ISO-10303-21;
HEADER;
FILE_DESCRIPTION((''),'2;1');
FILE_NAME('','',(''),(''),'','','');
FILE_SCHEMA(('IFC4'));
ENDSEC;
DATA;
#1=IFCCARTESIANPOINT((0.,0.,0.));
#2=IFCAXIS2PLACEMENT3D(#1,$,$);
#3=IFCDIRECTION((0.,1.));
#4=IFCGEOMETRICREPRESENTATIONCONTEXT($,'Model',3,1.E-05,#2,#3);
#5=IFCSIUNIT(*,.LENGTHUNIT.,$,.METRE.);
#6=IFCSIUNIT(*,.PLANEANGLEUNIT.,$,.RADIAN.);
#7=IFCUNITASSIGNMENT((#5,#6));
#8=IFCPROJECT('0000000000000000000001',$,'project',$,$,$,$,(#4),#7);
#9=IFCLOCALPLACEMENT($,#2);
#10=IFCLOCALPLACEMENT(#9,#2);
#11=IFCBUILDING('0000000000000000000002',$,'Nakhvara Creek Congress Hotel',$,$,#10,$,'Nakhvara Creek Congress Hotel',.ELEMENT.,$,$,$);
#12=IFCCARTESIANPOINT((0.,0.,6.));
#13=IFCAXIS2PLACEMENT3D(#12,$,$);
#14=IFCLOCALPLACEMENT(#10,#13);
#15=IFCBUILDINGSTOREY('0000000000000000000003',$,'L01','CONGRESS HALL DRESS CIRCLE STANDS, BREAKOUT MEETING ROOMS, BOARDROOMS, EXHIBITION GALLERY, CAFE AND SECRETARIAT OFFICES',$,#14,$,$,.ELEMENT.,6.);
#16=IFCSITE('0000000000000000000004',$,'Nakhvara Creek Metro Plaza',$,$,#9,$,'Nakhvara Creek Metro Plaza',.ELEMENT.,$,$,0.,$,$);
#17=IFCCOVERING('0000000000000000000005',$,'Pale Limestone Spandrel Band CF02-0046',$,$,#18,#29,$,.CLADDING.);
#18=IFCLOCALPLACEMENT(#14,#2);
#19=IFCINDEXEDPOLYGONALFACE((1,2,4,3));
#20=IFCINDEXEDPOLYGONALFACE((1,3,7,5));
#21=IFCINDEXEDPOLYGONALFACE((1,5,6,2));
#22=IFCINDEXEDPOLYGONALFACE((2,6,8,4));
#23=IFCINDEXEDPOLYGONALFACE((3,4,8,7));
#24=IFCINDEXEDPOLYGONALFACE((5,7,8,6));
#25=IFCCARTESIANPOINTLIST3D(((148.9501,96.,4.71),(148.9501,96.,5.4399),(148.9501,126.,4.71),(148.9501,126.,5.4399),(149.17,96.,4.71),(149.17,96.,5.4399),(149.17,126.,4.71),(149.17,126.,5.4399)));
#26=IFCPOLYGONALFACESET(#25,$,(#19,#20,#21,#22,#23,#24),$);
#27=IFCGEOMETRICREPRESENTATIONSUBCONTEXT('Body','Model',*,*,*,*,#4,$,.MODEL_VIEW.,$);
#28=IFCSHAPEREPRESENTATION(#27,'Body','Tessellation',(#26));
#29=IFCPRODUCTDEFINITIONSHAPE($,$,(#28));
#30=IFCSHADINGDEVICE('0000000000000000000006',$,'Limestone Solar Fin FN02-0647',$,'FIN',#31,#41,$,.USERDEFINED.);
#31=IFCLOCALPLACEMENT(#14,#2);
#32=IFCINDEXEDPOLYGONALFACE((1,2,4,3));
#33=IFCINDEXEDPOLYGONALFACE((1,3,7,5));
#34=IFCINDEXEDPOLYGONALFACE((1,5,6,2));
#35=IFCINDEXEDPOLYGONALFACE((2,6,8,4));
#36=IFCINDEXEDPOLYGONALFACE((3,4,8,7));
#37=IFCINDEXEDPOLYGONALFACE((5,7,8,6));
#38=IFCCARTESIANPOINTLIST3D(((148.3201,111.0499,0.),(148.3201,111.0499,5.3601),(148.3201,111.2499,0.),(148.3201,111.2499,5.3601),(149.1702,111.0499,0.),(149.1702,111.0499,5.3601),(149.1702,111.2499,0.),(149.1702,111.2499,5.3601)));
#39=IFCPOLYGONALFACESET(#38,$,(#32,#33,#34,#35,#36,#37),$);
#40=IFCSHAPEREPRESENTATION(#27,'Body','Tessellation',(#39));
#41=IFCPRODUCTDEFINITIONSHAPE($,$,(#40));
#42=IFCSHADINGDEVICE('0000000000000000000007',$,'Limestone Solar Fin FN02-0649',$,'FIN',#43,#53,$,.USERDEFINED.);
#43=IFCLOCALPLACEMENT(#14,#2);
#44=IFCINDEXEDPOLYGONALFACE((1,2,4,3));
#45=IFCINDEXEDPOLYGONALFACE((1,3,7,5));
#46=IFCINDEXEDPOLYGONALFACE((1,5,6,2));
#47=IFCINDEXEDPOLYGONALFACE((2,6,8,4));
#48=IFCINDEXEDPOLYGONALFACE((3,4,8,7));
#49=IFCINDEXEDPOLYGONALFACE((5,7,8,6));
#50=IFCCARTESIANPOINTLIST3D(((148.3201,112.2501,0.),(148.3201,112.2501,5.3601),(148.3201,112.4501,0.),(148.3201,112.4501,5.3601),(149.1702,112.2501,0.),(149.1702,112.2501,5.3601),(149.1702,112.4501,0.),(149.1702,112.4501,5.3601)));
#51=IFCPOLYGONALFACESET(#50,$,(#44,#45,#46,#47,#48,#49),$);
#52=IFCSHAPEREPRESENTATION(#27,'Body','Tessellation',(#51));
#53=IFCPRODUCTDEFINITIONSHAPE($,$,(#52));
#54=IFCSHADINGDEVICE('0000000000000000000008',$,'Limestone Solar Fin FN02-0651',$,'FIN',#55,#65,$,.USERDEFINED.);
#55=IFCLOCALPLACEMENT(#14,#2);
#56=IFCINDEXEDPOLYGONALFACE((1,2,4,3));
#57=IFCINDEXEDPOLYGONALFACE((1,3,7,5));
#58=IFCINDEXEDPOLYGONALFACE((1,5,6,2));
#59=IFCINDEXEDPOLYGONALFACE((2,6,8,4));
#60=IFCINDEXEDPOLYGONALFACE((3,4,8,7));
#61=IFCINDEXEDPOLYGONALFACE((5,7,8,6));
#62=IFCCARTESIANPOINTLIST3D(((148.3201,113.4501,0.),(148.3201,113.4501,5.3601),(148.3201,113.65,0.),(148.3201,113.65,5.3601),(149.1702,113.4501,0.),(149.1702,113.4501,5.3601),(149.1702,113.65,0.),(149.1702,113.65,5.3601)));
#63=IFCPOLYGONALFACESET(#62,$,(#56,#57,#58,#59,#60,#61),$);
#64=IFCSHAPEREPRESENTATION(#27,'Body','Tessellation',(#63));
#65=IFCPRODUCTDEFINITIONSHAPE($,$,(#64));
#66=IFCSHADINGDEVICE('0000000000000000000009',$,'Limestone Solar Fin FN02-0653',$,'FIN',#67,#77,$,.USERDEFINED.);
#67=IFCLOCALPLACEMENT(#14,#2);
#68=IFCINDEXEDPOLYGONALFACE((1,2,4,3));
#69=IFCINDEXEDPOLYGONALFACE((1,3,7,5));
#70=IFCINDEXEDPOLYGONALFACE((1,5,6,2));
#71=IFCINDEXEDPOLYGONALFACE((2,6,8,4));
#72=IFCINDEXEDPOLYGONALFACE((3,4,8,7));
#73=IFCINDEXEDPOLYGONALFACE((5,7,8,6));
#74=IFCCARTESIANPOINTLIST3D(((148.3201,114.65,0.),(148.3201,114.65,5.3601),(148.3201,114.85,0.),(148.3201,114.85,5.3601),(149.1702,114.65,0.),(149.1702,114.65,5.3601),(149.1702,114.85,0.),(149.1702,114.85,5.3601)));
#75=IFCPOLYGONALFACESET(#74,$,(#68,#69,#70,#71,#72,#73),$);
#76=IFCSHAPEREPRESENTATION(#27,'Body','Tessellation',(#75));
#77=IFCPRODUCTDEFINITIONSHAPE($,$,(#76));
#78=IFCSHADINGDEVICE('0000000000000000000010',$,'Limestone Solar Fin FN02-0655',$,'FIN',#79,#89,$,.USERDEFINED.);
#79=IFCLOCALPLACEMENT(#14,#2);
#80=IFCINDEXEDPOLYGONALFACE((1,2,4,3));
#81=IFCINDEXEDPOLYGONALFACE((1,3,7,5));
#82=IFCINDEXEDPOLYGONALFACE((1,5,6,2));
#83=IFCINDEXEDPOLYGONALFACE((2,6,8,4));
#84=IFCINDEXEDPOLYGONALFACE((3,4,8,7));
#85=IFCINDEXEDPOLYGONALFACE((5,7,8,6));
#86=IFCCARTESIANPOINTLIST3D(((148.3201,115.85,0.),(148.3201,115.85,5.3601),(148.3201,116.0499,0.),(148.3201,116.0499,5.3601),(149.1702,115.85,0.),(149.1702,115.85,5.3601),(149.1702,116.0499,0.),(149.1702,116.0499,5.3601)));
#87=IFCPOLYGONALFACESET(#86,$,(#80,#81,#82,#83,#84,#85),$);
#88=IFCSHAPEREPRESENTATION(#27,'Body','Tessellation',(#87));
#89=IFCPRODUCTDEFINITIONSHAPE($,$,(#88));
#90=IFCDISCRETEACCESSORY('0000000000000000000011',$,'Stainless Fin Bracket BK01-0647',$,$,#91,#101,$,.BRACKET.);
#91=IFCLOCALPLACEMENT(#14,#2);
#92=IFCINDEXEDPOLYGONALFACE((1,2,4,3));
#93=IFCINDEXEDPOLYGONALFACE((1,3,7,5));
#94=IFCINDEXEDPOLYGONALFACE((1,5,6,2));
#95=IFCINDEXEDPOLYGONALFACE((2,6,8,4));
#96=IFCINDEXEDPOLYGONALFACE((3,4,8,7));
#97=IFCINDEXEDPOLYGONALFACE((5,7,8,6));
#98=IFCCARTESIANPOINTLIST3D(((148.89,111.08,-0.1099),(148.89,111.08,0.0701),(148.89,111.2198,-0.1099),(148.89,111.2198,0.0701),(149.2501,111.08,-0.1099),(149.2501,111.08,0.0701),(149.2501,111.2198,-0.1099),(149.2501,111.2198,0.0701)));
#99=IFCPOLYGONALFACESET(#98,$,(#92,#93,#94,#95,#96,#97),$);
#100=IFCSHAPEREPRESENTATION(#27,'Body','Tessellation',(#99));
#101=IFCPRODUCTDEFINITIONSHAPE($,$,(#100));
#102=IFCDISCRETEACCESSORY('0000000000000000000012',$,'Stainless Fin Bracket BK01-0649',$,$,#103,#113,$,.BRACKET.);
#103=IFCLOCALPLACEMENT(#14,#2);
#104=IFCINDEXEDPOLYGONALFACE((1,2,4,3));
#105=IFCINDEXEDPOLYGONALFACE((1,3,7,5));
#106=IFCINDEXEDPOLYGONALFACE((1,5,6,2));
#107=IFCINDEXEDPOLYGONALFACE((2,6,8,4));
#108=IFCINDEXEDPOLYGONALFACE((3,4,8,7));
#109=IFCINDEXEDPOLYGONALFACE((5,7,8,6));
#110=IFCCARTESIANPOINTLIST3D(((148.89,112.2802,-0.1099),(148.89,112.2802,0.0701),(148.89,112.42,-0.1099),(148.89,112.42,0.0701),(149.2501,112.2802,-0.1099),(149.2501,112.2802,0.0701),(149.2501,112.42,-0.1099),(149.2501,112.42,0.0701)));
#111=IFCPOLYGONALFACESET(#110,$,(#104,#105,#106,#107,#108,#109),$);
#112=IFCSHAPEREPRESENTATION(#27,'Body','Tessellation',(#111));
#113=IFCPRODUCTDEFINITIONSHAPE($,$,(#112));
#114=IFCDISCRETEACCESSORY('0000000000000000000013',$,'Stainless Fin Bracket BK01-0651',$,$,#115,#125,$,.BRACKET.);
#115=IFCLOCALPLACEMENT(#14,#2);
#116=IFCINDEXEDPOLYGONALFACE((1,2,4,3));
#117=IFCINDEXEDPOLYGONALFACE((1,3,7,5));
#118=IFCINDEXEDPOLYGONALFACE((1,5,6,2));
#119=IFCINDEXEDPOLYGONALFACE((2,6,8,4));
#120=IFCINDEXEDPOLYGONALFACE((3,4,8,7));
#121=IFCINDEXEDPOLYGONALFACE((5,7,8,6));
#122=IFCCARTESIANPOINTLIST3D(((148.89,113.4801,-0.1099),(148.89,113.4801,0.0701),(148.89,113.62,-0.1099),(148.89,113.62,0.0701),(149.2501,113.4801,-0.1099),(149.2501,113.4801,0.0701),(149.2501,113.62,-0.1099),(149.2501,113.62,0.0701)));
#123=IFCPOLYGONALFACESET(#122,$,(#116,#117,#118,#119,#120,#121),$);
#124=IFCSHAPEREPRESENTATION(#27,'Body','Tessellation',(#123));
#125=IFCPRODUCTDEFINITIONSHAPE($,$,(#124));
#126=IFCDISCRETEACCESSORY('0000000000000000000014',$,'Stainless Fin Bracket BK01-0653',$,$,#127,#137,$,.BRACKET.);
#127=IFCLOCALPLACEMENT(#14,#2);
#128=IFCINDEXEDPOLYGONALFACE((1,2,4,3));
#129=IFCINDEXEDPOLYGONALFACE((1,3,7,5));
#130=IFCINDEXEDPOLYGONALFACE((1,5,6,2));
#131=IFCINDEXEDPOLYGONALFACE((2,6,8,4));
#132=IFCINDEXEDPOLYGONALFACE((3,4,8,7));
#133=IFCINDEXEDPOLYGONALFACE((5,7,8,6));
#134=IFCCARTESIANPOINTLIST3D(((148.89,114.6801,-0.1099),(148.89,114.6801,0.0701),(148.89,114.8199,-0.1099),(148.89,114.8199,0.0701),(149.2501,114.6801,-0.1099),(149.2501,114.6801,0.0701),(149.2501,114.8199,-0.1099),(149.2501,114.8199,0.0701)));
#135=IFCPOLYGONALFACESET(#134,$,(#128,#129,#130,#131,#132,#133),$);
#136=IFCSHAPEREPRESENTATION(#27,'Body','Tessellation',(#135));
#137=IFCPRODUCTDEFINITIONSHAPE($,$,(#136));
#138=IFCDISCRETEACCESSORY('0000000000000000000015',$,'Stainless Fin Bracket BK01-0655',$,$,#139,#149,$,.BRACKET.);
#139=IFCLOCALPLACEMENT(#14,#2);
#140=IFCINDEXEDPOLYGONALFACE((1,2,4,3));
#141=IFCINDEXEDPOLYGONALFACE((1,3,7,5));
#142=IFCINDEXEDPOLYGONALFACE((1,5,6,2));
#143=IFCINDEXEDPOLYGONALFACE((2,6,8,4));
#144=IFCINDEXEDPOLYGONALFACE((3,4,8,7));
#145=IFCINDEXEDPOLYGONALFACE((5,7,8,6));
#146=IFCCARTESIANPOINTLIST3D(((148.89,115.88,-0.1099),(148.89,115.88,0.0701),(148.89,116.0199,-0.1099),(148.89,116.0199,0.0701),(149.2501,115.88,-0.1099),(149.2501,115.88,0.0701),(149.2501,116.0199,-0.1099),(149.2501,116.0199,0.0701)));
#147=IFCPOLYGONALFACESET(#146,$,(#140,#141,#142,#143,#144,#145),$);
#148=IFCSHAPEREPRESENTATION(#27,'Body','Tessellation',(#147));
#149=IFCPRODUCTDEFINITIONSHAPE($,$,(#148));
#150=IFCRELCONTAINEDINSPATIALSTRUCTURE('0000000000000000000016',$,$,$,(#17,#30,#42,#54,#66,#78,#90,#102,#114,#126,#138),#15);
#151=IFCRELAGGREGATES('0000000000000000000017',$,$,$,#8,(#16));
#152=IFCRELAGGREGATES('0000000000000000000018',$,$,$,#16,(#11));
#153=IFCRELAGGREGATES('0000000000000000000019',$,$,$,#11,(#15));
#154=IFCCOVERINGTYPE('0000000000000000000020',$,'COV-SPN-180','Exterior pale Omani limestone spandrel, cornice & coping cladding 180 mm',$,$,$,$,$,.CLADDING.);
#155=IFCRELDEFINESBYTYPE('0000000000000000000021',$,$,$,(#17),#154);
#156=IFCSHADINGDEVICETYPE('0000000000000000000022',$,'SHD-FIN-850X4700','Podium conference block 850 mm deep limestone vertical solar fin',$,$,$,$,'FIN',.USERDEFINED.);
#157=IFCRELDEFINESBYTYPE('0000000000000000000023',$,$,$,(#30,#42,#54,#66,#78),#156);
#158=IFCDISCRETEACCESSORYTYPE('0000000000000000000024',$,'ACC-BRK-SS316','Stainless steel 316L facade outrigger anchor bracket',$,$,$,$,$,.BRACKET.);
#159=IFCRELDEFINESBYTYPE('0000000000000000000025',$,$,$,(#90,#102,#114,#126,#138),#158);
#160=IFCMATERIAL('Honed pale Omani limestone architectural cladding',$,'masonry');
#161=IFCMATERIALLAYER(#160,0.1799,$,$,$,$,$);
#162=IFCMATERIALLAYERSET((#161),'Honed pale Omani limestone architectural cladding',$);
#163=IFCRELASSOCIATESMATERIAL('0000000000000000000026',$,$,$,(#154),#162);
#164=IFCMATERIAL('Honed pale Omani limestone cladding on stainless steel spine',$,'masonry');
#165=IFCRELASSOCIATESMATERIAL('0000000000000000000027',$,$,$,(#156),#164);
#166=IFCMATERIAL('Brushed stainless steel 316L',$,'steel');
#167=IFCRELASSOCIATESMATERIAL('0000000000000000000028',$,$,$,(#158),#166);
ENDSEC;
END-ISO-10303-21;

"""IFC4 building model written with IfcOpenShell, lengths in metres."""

from ifc_helpers import new_model, si_unit, direction, frame, origin, origin_2d, place, context, subcontext, project, spatial, rectangle, extrude, material, layer, layer_set, type_object, element, save


model = new_model("IFC4")

# Units and contexts
model_context = context("Model", 3, precision=1e-05, world=origin(), true_north=direction((0.0, 1.0)))
body_context = subcontext(model_context, "Body", "Model", "MODEL_VIEW")
ifc_project = project(units=[si_unit("LENGTHUNIT", "METRE"), si_unit("PLANEANGLEUNIT", "RADIAN")], contexts=[model_context])

# Site, building, storey
site_placement = place(None, origin())
site = spatial("IfcSite", under=ifc_project, at=site_placement, Name="Nakhvara Creek Metro Plaza", LongName="Nakhvara Creek Metro Plaza", CompositionType="ELEMENT", RefElevation=0.0)
building_placement = place(site_placement, origin())
building = spatial("IfcBuilding", under=site, at=building_placement, Name="Nakhvara Creek Congress Hotel", LongName="Nakhvara Creek Congress Hotel", CompositionType="ELEMENT")
storey_placement = place(building_placement, frame((0.0, 0.0, 6.0)))
storey = spatial("IfcBuildingStorey", under=building, at=storey_placement, Name="L01", Description="CONGRESS HALL DRESS CIRCLE STANDS, BREAKOUT MEETING ROOMS, BOARDROOMS, EXHIBITION GALLERY, CAFE AND SECRETARIAT OFFICES", CompositionType="ELEMENT", Elevation=6.0)

# Covering
ifc_material_1 = material(Name="Honed pale Omani limestone architectural cladding", Category="masonry")
ifc_layer_1 = layer(ifc_material_1, 0.1799)
ifc_layer_set_1 = layer_set([ifc_layer_1], Name="Honed pale Omani limestone architectural cladding")
covering_type_1 = type_object("IfcCoveringType", Name="COV-SPN-180", Description="Exterior pale Omani limestone spandrel, cornice & coping cladding 180 mm", PredefinedType="CLADDING", material=ifc_layer_set_1)
covering_placement = place(storey_placement, frame((149.0601, 111.0, 4.71), z_axis=(0.0, 0.0, 1.0), x_axis=(0.0, 1.0, 0.0)))
element("IfcCovering", 1, at=covering_placement, inside=storey, type_object=covering_type_1, Name="Pale Limestone Spandrel Band CF02-0046", PredefinedType="CLADDING", context=body_context, shape_type="SweptSolid", body=[
    extrude(rectangle(XDim=30.0, YDim=0.22, at=origin_2d()), origin(), (0.0, 0.0, 1.0), 0.73),
])

# Shading devices
ifc_material_2 = material(Name="Honed pale Omani limestone cladding on stainless steel spine", Category="masonry")
shading_device_type = type_object("IfcShadingDeviceType", Name="SHD-FIN-850X4700", Description="Podium conference block 850 mm deep limestone vertical solar fin", ElementType="FIN", PredefinedType="USERDEFINED", material=ifc_material_2)
for number, where, z_axis, x_axis, name in (
    (2, (148.7451, 111.1499, 0.0), (0.0, 0.0, 1.0), (0.0, 1.0, 0.0), "Limestone Solar Fin FN02-0647"),
    (3, (148.7451, 112.3501, 0.0), (0.0, 0.0, 1.0), (0.0, 1.0, 0.0), "Limestone Solar Fin FN02-0649"),
    (4, (148.7451, 113.55, 0.0), (0.0, 0.0, 1.0), (0.0, 1.0, 0.0), "Limestone Solar Fin FN02-0651"),
    (5, (148.7451, 114.75, 0.0), (0.0, 0.0, 1.0), (0.0, 1.0, 0.0), "Limestone Solar Fin FN02-0653"),
    (6, (148.7451, 115.95, 0.0), (0.0, 0.0, 1.0), (0.0, 1.0, 0.0), "Limestone Solar Fin FN02-0655"),
):
    element("IfcShadingDevice", number, at=place(storey_placement, frame(where, z_axis=z_axis, x_axis=x_axis)), inside=storey, type_object=shading_device_type, Name=name, ObjectType="FIN", PredefinedType="USERDEFINED", context=body_context, shape_type="SweptSolid", body=[
        extrude(rectangle(XDim=0.2, YDim=0.8501, at=origin_2d()), origin(), (0.0, 0.0, 1.0), 5.3601),
    ])

# Discrete accessories
ifc_material_3 = material(Name="Brushed stainless steel 316L", Category="steel")
discrete_accessory_type = type_object("IfcDiscreteAccessoryType", Name="ACC-BRK-SS316", Description="Stainless steel 316L facade outrigger anchor bracket", PredefinedType="BRACKET", material=ifc_material_3)
for number, where, z_axis, x_axis, name in (
    (7, (149.0701, 111.1499, -0.1099), (0.0, 0.0, 1.0), (0.0, 1.0, 0.0), "Stainless Fin Bracket BK01-0647"),
    (8, (149.0701, 112.3501, -0.1099), (0.0, 0.0, 1.0), (0.0, 1.0, 0.0), "Stainless Fin Bracket BK01-0649"),
    (9, (149.0701, 113.55, -0.1099), (0.0, 0.0, 1.0), (0.0, 1.0, 0.0), "Stainless Fin Bracket BK01-0651"),
    (10, (149.0701, 114.75, -0.1099), (0.0, 0.0, 1.0), (0.0, 1.0, 0.0), "Stainless Fin Bracket BK01-0653"),
    (11, (149.0701, 115.95, -0.1099), (0.0, 0.0, 1.0), (0.0, 1.0, 0.0), "Stainless Fin Bracket BK01-0655"),
):
    element("IfcDiscreteAccessory", number, at=place(storey_placement, frame(where, z_axis=z_axis, x_axis=x_axis)), inside=storey, type_object=discrete_accessory_type, Name=name, PredefinedType="BRACKET", context=body_context, shape_type="SweptSolid", body=[
        extrude(rectangle(XDim=0.1399, YDim=0.3601, at=origin_2d()), origin(), (0.0, 0.0, 1.0), 0.1799),
    ])

save(model, "model.ifc")
